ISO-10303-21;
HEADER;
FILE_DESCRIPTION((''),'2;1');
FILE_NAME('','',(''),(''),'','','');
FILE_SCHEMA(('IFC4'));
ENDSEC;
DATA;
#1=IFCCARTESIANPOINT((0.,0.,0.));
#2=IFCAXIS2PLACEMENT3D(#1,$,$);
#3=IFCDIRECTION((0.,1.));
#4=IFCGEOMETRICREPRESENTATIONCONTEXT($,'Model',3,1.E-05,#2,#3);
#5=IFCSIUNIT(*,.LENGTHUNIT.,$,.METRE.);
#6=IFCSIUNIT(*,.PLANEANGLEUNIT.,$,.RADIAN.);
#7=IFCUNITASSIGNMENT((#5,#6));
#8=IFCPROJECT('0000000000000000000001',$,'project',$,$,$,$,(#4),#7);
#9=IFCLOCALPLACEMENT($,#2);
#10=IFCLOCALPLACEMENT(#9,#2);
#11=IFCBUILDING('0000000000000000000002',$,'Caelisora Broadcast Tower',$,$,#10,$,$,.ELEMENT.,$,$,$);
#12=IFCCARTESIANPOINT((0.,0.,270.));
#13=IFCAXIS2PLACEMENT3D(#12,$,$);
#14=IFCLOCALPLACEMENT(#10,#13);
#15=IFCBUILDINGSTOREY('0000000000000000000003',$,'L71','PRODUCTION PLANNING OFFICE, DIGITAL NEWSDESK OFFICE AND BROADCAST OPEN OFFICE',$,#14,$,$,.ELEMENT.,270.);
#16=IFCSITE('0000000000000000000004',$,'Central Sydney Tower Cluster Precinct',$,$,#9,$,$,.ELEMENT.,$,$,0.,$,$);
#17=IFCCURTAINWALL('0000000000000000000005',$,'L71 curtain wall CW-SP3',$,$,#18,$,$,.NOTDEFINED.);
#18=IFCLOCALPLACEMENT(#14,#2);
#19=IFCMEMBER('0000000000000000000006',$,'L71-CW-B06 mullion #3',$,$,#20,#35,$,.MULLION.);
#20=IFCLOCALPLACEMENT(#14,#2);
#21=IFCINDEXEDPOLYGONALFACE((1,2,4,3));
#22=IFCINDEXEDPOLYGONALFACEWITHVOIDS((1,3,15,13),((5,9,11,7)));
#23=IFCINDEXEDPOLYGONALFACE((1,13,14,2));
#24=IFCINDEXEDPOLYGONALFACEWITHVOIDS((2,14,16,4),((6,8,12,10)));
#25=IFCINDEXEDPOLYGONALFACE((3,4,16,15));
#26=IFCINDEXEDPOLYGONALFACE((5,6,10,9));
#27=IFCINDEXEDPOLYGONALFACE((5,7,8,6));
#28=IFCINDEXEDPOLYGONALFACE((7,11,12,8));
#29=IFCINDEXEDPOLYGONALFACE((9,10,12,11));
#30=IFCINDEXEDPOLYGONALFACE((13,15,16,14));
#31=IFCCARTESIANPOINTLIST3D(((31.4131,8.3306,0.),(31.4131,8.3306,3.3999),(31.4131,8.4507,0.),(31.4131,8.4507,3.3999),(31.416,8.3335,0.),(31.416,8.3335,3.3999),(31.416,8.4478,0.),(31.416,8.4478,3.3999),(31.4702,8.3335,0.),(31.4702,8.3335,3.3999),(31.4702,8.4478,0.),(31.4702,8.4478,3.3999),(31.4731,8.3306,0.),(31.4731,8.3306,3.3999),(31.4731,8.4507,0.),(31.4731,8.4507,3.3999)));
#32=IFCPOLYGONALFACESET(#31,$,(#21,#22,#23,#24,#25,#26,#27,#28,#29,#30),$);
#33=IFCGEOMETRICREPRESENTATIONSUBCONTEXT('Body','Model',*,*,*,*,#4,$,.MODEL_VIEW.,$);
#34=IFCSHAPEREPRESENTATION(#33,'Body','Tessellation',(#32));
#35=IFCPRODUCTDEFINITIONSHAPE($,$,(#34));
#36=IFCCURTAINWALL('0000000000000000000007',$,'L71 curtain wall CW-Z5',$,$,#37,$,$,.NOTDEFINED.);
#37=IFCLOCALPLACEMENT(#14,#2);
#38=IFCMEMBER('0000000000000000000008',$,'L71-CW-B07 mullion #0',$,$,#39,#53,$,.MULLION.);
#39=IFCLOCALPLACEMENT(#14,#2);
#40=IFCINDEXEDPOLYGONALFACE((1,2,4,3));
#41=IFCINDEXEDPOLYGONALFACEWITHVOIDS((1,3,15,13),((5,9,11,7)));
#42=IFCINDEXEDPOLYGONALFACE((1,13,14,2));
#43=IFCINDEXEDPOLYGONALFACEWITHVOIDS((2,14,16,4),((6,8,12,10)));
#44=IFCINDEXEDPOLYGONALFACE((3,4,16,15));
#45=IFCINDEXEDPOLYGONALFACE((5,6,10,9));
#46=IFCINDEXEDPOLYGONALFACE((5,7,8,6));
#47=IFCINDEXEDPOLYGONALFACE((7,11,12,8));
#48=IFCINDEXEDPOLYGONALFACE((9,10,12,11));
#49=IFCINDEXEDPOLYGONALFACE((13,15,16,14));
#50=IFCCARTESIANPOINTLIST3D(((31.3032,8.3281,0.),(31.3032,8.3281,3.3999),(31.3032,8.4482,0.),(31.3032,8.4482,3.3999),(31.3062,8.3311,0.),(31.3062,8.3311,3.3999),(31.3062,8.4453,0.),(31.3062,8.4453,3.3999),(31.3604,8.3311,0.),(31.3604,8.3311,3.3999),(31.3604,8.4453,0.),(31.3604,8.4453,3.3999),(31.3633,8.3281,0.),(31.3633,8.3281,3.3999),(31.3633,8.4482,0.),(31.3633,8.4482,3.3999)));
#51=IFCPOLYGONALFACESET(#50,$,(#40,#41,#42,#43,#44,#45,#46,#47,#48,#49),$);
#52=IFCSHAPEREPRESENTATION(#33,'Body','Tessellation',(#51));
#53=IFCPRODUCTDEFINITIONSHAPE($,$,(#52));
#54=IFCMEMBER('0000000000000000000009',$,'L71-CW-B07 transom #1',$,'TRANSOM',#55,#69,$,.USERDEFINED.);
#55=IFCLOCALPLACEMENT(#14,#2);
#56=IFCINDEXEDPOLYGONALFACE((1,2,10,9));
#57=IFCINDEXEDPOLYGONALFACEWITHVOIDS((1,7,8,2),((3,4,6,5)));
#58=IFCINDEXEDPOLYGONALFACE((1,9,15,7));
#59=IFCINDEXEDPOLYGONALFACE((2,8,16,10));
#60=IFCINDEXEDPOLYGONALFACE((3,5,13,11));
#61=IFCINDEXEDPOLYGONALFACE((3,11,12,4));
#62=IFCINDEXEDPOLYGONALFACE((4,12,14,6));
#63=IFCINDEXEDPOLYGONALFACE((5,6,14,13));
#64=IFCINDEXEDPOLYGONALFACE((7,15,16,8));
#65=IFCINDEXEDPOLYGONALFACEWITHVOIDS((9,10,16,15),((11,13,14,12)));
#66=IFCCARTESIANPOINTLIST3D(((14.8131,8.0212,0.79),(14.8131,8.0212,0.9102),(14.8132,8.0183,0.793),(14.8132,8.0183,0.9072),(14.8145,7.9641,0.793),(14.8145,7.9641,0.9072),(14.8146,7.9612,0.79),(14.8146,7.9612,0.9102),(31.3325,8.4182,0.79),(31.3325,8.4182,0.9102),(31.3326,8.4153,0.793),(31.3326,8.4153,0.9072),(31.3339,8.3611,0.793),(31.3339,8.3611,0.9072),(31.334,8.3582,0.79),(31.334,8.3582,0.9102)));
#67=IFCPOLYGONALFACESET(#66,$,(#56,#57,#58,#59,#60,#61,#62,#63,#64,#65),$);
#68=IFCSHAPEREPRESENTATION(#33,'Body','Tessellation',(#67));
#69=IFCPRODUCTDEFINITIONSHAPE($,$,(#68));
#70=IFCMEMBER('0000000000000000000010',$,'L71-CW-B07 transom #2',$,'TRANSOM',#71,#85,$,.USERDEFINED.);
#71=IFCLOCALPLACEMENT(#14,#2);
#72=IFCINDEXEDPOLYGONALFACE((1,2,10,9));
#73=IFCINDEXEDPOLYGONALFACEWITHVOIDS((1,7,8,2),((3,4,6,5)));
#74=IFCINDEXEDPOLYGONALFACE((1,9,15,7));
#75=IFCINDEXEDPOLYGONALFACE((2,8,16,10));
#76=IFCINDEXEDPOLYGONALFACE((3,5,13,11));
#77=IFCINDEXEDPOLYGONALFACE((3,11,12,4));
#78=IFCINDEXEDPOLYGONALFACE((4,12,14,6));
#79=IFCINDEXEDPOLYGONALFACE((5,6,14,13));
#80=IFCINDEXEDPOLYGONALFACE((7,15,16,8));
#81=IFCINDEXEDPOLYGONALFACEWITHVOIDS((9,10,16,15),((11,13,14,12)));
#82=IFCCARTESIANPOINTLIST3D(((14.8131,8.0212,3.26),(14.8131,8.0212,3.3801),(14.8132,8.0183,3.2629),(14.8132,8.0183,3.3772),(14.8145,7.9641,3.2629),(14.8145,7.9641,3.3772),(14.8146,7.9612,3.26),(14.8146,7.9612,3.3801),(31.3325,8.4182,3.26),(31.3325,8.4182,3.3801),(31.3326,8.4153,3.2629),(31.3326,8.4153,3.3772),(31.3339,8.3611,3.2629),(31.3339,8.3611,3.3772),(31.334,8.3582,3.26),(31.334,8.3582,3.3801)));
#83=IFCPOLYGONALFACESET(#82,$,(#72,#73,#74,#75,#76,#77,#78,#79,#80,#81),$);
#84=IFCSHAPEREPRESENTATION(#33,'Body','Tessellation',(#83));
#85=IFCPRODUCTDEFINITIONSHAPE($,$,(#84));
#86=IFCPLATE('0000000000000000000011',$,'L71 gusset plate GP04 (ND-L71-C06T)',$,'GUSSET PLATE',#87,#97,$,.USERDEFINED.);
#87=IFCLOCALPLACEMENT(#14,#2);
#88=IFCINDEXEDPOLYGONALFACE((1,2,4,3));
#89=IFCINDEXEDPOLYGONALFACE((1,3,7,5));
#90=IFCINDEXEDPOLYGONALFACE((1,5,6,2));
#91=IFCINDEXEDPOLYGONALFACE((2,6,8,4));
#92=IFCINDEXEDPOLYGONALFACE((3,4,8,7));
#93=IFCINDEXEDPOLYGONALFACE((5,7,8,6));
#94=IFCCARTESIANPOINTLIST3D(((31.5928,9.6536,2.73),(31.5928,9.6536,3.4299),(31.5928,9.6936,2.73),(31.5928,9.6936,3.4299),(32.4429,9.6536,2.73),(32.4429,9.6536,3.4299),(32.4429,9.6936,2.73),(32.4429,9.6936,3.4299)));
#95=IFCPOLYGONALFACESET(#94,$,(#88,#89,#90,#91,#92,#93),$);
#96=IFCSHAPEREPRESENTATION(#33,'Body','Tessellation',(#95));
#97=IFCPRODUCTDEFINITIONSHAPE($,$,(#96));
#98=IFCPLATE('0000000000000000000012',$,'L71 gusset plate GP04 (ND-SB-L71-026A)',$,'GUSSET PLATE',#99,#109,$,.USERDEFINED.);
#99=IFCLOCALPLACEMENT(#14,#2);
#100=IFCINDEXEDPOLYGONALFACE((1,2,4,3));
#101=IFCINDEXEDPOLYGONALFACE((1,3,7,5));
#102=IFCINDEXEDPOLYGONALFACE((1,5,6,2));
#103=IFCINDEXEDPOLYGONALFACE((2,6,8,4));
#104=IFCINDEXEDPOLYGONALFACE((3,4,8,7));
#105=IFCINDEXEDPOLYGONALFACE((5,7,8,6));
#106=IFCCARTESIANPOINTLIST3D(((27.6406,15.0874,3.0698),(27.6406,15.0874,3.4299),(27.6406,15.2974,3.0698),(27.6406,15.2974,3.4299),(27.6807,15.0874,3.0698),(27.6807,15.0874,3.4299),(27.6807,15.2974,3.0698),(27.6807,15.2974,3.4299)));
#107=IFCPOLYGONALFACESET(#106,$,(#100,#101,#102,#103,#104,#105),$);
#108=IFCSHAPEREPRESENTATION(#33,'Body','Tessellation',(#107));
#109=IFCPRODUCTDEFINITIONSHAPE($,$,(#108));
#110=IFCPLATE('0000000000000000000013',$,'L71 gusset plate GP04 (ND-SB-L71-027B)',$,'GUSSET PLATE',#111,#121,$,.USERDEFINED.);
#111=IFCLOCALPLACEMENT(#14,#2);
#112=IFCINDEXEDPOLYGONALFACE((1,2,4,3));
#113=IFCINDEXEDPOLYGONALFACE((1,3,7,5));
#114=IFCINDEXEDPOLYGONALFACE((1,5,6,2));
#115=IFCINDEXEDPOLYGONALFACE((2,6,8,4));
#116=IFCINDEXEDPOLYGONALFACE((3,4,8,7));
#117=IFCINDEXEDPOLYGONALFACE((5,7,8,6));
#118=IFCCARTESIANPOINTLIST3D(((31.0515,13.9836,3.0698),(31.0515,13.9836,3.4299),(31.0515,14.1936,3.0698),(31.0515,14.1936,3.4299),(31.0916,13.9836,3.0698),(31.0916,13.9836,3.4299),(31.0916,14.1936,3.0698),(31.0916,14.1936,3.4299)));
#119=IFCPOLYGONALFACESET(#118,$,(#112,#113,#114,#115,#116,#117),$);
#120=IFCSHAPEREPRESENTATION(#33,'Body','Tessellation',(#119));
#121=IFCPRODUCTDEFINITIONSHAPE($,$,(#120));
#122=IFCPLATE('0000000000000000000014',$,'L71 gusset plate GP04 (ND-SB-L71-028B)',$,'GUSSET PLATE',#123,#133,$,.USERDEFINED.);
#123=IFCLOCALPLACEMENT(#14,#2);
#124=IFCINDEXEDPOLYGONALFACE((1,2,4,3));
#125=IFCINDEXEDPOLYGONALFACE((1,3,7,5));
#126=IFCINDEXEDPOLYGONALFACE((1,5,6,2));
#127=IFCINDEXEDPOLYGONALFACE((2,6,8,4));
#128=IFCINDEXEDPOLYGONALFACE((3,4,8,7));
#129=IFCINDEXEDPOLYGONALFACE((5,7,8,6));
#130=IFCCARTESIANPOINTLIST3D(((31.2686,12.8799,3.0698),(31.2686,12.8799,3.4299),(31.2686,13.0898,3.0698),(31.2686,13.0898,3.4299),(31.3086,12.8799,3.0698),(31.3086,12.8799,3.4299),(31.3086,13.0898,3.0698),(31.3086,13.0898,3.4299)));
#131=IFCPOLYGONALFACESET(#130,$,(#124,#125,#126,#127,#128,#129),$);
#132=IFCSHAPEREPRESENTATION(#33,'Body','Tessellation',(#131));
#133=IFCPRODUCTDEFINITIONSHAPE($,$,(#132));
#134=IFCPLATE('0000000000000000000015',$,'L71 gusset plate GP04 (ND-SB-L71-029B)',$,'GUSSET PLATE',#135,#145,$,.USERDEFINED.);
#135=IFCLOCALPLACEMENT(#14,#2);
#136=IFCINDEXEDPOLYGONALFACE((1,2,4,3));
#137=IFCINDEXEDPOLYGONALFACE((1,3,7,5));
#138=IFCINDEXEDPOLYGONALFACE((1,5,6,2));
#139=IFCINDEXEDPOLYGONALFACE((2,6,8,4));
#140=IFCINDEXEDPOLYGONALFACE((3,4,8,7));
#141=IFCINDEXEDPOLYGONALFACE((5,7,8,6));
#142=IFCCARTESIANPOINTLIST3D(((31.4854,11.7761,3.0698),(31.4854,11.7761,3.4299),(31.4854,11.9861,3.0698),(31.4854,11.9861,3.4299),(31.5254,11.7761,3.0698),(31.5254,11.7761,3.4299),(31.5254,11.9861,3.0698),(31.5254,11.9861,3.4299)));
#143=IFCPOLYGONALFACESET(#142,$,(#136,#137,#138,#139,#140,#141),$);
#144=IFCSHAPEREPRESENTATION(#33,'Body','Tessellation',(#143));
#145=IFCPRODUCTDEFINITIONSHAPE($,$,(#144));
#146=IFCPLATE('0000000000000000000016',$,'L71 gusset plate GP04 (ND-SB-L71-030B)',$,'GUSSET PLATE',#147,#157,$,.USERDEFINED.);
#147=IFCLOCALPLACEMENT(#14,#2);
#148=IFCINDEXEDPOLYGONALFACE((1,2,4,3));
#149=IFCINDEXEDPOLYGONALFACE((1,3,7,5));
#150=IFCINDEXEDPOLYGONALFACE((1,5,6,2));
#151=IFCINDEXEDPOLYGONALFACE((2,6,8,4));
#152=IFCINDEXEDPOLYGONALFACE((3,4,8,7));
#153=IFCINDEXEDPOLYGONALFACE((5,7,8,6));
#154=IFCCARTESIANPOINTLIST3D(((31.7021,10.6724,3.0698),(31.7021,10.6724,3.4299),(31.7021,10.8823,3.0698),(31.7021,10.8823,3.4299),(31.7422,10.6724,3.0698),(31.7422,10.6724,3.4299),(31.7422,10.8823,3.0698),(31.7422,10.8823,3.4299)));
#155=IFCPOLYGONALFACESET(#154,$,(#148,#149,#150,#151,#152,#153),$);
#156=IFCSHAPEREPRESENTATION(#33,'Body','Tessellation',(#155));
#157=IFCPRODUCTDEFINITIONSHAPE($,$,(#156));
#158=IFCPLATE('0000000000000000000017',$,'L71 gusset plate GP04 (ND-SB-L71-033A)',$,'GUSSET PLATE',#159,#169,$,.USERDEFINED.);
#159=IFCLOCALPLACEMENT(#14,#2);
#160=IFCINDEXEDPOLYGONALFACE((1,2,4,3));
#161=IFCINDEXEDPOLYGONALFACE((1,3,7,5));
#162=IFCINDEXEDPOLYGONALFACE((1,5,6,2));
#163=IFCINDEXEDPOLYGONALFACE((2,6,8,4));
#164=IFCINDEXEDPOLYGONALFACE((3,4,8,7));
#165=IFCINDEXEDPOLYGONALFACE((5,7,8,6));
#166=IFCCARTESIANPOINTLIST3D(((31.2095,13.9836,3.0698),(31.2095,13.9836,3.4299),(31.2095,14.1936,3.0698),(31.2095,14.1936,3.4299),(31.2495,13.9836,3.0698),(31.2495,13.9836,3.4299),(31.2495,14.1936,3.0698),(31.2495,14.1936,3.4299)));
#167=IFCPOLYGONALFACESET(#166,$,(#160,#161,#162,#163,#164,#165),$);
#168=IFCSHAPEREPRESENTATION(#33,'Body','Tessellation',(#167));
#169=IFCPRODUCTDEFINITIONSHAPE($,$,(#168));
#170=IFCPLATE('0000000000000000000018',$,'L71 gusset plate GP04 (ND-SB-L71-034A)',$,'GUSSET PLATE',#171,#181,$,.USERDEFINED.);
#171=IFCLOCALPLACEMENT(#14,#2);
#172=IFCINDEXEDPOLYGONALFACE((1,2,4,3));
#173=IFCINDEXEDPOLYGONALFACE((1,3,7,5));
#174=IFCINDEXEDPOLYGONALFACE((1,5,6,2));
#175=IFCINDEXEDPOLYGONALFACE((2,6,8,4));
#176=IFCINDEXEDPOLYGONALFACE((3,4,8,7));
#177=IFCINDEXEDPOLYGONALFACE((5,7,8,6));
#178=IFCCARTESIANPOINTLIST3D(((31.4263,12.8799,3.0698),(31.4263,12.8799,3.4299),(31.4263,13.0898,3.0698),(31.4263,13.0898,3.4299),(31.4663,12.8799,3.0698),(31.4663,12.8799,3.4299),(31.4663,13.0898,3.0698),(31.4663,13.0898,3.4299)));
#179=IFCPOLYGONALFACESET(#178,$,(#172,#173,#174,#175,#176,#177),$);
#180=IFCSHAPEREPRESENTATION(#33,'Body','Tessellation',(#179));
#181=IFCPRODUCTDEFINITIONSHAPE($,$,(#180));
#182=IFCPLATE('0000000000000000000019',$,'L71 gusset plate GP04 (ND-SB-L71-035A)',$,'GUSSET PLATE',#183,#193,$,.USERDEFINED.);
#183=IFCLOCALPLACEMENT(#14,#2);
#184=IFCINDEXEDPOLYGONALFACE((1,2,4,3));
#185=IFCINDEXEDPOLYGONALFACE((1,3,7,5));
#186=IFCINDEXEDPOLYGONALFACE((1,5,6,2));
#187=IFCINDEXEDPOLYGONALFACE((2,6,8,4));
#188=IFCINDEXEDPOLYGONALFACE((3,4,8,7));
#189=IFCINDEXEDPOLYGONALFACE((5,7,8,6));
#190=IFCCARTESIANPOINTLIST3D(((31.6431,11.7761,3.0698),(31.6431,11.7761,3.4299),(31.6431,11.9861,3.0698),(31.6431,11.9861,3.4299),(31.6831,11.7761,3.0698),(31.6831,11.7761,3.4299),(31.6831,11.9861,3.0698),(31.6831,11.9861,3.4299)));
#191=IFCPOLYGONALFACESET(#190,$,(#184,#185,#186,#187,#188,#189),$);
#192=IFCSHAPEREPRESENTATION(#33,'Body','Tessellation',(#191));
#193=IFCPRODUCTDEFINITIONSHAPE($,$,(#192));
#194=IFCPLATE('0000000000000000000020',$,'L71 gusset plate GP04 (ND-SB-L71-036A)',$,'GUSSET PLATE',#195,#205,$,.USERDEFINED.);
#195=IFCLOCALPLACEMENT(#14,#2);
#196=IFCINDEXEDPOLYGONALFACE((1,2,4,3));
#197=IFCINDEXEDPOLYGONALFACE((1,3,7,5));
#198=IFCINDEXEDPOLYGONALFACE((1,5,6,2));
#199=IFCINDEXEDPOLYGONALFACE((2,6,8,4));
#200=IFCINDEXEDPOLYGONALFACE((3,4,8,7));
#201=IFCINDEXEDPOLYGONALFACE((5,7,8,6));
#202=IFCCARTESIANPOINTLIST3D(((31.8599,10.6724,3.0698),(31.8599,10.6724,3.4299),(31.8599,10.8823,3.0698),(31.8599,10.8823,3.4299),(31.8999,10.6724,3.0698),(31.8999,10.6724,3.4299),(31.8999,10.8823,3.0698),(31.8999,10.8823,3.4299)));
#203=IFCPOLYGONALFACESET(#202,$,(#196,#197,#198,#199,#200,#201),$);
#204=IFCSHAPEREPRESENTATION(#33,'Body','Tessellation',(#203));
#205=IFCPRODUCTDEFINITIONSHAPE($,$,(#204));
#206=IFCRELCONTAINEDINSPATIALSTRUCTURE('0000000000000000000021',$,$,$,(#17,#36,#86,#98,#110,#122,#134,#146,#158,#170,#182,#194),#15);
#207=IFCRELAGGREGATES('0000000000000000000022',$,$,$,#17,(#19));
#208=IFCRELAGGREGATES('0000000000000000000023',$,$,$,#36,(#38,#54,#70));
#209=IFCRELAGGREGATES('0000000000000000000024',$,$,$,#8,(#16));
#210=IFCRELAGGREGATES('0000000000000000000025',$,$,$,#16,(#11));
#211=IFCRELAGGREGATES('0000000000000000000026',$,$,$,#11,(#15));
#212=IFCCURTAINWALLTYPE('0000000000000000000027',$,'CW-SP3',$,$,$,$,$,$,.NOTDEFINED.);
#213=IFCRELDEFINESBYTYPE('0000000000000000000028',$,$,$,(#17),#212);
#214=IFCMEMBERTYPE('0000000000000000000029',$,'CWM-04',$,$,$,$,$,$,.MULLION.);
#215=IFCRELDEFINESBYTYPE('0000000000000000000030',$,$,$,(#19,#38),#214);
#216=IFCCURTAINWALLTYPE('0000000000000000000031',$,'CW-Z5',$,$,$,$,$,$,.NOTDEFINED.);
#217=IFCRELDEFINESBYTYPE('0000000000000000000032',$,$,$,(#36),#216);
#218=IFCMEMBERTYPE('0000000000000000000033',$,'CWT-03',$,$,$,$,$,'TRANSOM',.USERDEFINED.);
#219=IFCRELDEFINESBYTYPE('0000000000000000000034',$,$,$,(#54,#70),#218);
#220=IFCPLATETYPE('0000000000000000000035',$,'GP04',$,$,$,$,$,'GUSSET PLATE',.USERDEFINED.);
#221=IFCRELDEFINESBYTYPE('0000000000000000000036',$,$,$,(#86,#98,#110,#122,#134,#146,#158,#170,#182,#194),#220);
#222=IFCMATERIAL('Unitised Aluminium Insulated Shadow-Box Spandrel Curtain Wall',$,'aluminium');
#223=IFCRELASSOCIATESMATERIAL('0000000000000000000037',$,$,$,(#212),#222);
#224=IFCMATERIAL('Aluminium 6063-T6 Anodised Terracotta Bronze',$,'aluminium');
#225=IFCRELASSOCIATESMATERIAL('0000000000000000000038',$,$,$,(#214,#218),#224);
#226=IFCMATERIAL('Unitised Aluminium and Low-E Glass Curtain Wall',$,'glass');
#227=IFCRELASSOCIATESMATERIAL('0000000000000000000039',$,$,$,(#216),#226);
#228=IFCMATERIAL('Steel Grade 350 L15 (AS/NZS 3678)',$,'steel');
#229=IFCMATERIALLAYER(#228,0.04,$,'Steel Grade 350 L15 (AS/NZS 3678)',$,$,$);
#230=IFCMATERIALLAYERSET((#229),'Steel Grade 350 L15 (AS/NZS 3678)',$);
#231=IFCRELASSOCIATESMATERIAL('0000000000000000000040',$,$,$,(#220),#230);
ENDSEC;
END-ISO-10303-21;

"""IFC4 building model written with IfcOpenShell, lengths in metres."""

from ifc_helpers import new_model, si_unit, direction, frame, origin, origin_2d, place, context, subcontext, project, spatial, rectangle, hollow_rectangle, extrude, source, transform, mapped, material, layer, layer_set, material_profile, profile_set, type_object, type_shapes, element, aggregate, save


model = new_model("IFC4")

# Units and contexts
model_context = context("Model", 3, precision=1e-05, world=origin(), true_north=direction((0.0, 1.0)))
body_context = subcontext(model_context, "Body", "Model", "MODEL_VIEW")
ifc_project = project(units=[si_unit("LENGTHUNIT", "METRE"), si_unit("PLANEANGLEUNIT", "RADIAN")], contexts=[model_context])

# Site, building, storey
site_placement = place(None, origin())
site = spatial("IfcSite", under=ifc_project, at=site_placement, Name="Central Sydney Tower Cluster Precinct", CompositionType="ELEMENT", RefElevation=0.0)
building_placement = place(site_placement, origin())
building = spatial("IfcBuilding", under=site, at=building_placement, Name="Caelisora Broadcast Tower", CompositionType="ELEMENT")
storey_placement = place(building_placement, frame((0.0, 0.0, 270.0)))
storey = spatial("IfcBuildingStorey", under=building, at=storey_placement, Name="L71", Description="PRODUCTION PLANNING OFFICE, DIGITAL NEWSDESK OFFICE AND BROADCAST OPEN OFFICE", CompositionType="ELEMENT", Elevation=270.0)

# Shared definitions
ifc_material_1 = material(Name="Steel Grade 350 L15 (AS/NZS 3678)", Category="steel")

# Curtain walls, members
ifc_material_2 = material(Name="Unitised Aluminium Insulated Shadow-Box Spandrel Curtain Wall", Category="aluminium")
curtain_wall_type_1 = type_object("IfcCurtainWallType", Name="CW-SP3", PredefinedType="NOTDEFINED", material=ifc_material_2)
curtain_wall_1_placement = place(storey_placement, origin())
curtain_wall_1 = element("IfcCurtainWall", 1, at=curtain_wall_1_placement, inside=storey, type_object=curtain_wall_type_1, Name="L71 curtain wall CW-SP3", PredefinedType="NOTDEFINED")
ifc_material_3 = material(Name="Aluminium 6063-T6 Anodised Terracotta Bronze", Category="aluminium")
ifc_material_profile_1 = material_profile(ifc_material_3, hollow_rectangle(XDim=0.0601, YDim=0.1201, WallThickness=0.0029, at=origin_2d()), Name="Aluminium 6063-T6 Anodised Terracotta Bronze")
ifc_profile_set_1 = profile_set([ifc_material_profile_1], Name="Aluminium 6063-T6 Anodised Terracotta Bronze")
member_type_1 = type_object("IfcMemberType", Name="CWM-04", PredefinedType="MULLION", material=ifc_profile_set_1)
shared_shape_1 = source(origin(), body_context, "Body", "SweptSolid", [
    extrude(hollow_rectangle(XDim=0.0601, YDim=0.1201, WallThickness=0.0029, at=origin_2d()), origin(), (0.0, 0.0, 1.0), 3.3999),
])
type_shapes(member_type_1, [shared_shape_1])
member_1_placement = place(storey_placement, frame((31.4431, 8.3906, 0.0), z_axis=(0.0, 0.0, 1.0), x_axis=(1.0, 0.0, 0.0)))
member_1 = element("IfcMember", 2, at=member_1_placement, type_object=member_type_1, Name="L71-CW-B06 mullion #3", PredefinedType="MULLION", context=body_context, shape_type="MappedRepresentation", body=[
    mapped(shared_shape_1, transform((0.0, 0.0, 0.0), scale=1.0)),
])
ifc_material_4 = material(Name="Unitised Aluminium and Low-E Glass Curtain Wall", Category="glass")
curtain_wall_type_2 = type_object("IfcCurtainWallType", Name="CW-Z5", PredefinedType="NOTDEFINED", material=ifc_material_4)
curtain_wall_2_placement = place(storey_placement, origin())
curtain_wall_2 = element("IfcCurtainWall", 3, at=curtain_wall_2_placement, inside=storey, type_object=curtain_wall_type_2, Name="L71 curtain wall CW-Z5", PredefinedType="NOTDEFINED")
member_2_placement = place(storey_placement, frame((31.3333, 8.3882, 0.0), z_axis=(0.0, 0.0, 1.0), x_axis=(1.0, 0.0, 0.0)))
member_2 = element("IfcMember", 4, at=member_2_placement, type_object=member_type_1, Name="L71-CW-B07 mullion #0", PredefinedType="MULLION", context=body_context, shape_type="MappedRepresentation", body=[
    mapped(shared_shape_1, transform((0.0, 0.0, 0.0), scale=1.0)),
])
ifc_material_profile_2 = material_profile(ifc_material_3, hollow_rectangle(XDim=0.0601, YDim=0.1201, WallThickness=0.0029, at=origin_2d()), Name="Aluminium 6063-T6 Anodised Terracotta Bronze")
ifc_profile_set_2 = profile_set([ifc_material_profile_2], Name="Aluminium 6063-T6 Anodised Terracotta Bronze")
member_type_2 = type_object("IfcMemberType", Name="CWT-03", ElementType="TRANSOM", PredefinedType="USERDEFINED", material=ifc_profile_set_2)
shared_shape_2 = source(origin(), body_context, "Body", "SweptSolid", [
    extrude(hollow_rectangle(XDim=0.0601, YDim=0.1201, WallThickness=0.0029, at=origin_2d()), origin(), (0.0, 0.0, 1.0), 16.5242),
])
type_shapes(member_type_2, [shared_shape_2])
member_3_placement = place(storey_placement, frame((31.3333, 8.3882, 0.8501), z_axis=(-0.999711, -0.024024, 0.0), x_axis=(0.024024, -0.999711, 0.0)))
member_3 = element("IfcMember", 5, at=member_3_placement, type_object=member_type_2, Name="L71-CW-B07 transom #1", ObjectType="TRANSOM", PredefinedType="USERDEFINED", context=body_context, shape_type="MappedRepresentation", body=[
    mapped(shared_shape_2, transform((0.0, 0.0, 0.0), scale=1.0)),
])
member_4_placement = place(storey_placement, frame((31.3333, 8.3882, 3.3201), z_axis=(-0.999711, -0.024024, 0.0), x_axis=(0.024024, -0.999711, 0.0)))
member_4 = element("IfcMember", 6, at=member_4_placement, type_object=member_type_2, Name="L71-CW-B07 transom #2", ObjectType="TRANSOM", PredefinedType="USERDEFINED", context=body_context, shape_type="MappedRepresentation", body=[
    mapped(shared_shape_2, transform((0.0, 0.0, 0.0), scale=1.0)),
])

# Plates
ifc_layer_1 = layer(ifc_material_1, 0.04, Name="Steel Grade 350 L15 (AS/NZS 3678)")
ifc_layer_set_1 = layer_set([ifc_layer_1], Name="Steel Grade 350 L15 (AS/NZS 3678)")
plate_type_1 = type_object("IfcPlateType", Name="GP04", ElementType="GUSSET PLATE", PredefinedType="USERDEFINED", material=ifc_layer_set_1)
shared_shape_3 = source(origin(), body_context, "Body", "SweptSolid", [
    extrude(rectangle(XDim=0.8501, YDim=0.04, at=origin_2d()), origin(), (0.0, 0.0, 1.0), 0.7),
])
plate_1_placement = place(storey_placement, frame((32.0178, 9.6736, 2.73), z_axis=(0.0, 0.0, 1.0), x_axis=(1.0, 0.0, 0.0)))
element("IfcPlate", 7, at=plate_1_placement, inside=storey, type_object=plate_type_1, Name="L71 gusset plate GP04 (ND-L71-C06T)", ObjectType="GUSSET PLATE", PredefinedType="USERDEFINED", context=body_context, shape_type="MappedRepresentation", body=[
    mapped(shared_shape_3, transform((0.0, 0.0, 0.0), scale=1.0)),
])
shared_shape_4 = source(origin(), body_context, "Body", "SweptSolid", [
    extrude(rectangle(XDim=0.21, YDim=0.04, at=origin_2d()), origin(), (0.0, 0.0, 1.0), 0.3601),
])
type_shapes(plate_type_1, [shared_shape_3, shared_shape_4])
for number, where, z_axis, x_axis, name in (
    (8, (27.6606, 15.1924, 3.0698), (0.0, 0.0, 1.0), (0.0, 1.0, 0.0), "L71 gusset plate GP04 (ND-SB-L71-026A)"),
    (9, (31.0715, 14.0886, 3.0698), (0.0, 0.0, 1.0), (0.0, 1.0, 0.0), "L71 gusset plate GP04 (ND-SB-L71-027B)"),
    (10, (31.2886, 12.9849, 3.0698), (0.0, 0.0, 1.0), (0.0, 1.0, 0.0), "L71 gusset plate GP04 (ND-SB-L71-028B)"),
    (11, (31.5054, 11.8811, 3.0698), (0.0, 0.0, 1.0), (0.0, 1.0, 0.0), "L71 gusset plate GP04 (ND-SB-L71-029B)"),
    (12, (31.7222, 10.7773, 3.0698), (0.0, 0.0, 1.0), (0.0, 1.0, 0.0), "L71 gusset plate GP04 (ND-SB-L71-030B)"),
    (13, (31.2295, 14.0886, 3.0698), (0.0, 0.0, 1.0), (0.0, 1.0, 0.0), "L71 gusset plate GP04 (ND-SB-L71-033A)"),
    (14, (31.4463, 12.9849, 3.0698), (0.0, 0.0, 1.0), (0.0, 1.0, 0.0), "L71 gusset plate GP04 (ND-SB-L71-034A)"),
    (15, (31.6631, 11.8811, 3.0698), (0.0, 0.0, 1.0), (0.0, 1.0, 0.0), "L71 gusset plate GP04 (ND-SB-L71-035A)"),
    (16, (31.8799, 10.7773, 3.0698), (0.0, 0.0, 1.0), (0.0, 1.0, 0.0), "L71 gusset plate GP04 (ND-SB-L71-036A)"),
):
    element("IfcPlate", number, at=place(storey_placement, frame(where, z_axis=z_axis, x_axis=x_axis)), inside=storey, type_object=plate_type_1, Name=name, ObjectType="GUSSET PLATE", PredefinedType="USERDEFINED", context=body_context, shape_type="MappedRepresentation", body=[
        mapped(shared_shape_4, transform((0.0, 0.0, 0.0), scale=1.0)),
    ])

aggregate(curtain_wall_1, [member_1])
aggregate(curtain_wall_2, [member_2, member_3, member_4])

save(model, "model.ifc")
